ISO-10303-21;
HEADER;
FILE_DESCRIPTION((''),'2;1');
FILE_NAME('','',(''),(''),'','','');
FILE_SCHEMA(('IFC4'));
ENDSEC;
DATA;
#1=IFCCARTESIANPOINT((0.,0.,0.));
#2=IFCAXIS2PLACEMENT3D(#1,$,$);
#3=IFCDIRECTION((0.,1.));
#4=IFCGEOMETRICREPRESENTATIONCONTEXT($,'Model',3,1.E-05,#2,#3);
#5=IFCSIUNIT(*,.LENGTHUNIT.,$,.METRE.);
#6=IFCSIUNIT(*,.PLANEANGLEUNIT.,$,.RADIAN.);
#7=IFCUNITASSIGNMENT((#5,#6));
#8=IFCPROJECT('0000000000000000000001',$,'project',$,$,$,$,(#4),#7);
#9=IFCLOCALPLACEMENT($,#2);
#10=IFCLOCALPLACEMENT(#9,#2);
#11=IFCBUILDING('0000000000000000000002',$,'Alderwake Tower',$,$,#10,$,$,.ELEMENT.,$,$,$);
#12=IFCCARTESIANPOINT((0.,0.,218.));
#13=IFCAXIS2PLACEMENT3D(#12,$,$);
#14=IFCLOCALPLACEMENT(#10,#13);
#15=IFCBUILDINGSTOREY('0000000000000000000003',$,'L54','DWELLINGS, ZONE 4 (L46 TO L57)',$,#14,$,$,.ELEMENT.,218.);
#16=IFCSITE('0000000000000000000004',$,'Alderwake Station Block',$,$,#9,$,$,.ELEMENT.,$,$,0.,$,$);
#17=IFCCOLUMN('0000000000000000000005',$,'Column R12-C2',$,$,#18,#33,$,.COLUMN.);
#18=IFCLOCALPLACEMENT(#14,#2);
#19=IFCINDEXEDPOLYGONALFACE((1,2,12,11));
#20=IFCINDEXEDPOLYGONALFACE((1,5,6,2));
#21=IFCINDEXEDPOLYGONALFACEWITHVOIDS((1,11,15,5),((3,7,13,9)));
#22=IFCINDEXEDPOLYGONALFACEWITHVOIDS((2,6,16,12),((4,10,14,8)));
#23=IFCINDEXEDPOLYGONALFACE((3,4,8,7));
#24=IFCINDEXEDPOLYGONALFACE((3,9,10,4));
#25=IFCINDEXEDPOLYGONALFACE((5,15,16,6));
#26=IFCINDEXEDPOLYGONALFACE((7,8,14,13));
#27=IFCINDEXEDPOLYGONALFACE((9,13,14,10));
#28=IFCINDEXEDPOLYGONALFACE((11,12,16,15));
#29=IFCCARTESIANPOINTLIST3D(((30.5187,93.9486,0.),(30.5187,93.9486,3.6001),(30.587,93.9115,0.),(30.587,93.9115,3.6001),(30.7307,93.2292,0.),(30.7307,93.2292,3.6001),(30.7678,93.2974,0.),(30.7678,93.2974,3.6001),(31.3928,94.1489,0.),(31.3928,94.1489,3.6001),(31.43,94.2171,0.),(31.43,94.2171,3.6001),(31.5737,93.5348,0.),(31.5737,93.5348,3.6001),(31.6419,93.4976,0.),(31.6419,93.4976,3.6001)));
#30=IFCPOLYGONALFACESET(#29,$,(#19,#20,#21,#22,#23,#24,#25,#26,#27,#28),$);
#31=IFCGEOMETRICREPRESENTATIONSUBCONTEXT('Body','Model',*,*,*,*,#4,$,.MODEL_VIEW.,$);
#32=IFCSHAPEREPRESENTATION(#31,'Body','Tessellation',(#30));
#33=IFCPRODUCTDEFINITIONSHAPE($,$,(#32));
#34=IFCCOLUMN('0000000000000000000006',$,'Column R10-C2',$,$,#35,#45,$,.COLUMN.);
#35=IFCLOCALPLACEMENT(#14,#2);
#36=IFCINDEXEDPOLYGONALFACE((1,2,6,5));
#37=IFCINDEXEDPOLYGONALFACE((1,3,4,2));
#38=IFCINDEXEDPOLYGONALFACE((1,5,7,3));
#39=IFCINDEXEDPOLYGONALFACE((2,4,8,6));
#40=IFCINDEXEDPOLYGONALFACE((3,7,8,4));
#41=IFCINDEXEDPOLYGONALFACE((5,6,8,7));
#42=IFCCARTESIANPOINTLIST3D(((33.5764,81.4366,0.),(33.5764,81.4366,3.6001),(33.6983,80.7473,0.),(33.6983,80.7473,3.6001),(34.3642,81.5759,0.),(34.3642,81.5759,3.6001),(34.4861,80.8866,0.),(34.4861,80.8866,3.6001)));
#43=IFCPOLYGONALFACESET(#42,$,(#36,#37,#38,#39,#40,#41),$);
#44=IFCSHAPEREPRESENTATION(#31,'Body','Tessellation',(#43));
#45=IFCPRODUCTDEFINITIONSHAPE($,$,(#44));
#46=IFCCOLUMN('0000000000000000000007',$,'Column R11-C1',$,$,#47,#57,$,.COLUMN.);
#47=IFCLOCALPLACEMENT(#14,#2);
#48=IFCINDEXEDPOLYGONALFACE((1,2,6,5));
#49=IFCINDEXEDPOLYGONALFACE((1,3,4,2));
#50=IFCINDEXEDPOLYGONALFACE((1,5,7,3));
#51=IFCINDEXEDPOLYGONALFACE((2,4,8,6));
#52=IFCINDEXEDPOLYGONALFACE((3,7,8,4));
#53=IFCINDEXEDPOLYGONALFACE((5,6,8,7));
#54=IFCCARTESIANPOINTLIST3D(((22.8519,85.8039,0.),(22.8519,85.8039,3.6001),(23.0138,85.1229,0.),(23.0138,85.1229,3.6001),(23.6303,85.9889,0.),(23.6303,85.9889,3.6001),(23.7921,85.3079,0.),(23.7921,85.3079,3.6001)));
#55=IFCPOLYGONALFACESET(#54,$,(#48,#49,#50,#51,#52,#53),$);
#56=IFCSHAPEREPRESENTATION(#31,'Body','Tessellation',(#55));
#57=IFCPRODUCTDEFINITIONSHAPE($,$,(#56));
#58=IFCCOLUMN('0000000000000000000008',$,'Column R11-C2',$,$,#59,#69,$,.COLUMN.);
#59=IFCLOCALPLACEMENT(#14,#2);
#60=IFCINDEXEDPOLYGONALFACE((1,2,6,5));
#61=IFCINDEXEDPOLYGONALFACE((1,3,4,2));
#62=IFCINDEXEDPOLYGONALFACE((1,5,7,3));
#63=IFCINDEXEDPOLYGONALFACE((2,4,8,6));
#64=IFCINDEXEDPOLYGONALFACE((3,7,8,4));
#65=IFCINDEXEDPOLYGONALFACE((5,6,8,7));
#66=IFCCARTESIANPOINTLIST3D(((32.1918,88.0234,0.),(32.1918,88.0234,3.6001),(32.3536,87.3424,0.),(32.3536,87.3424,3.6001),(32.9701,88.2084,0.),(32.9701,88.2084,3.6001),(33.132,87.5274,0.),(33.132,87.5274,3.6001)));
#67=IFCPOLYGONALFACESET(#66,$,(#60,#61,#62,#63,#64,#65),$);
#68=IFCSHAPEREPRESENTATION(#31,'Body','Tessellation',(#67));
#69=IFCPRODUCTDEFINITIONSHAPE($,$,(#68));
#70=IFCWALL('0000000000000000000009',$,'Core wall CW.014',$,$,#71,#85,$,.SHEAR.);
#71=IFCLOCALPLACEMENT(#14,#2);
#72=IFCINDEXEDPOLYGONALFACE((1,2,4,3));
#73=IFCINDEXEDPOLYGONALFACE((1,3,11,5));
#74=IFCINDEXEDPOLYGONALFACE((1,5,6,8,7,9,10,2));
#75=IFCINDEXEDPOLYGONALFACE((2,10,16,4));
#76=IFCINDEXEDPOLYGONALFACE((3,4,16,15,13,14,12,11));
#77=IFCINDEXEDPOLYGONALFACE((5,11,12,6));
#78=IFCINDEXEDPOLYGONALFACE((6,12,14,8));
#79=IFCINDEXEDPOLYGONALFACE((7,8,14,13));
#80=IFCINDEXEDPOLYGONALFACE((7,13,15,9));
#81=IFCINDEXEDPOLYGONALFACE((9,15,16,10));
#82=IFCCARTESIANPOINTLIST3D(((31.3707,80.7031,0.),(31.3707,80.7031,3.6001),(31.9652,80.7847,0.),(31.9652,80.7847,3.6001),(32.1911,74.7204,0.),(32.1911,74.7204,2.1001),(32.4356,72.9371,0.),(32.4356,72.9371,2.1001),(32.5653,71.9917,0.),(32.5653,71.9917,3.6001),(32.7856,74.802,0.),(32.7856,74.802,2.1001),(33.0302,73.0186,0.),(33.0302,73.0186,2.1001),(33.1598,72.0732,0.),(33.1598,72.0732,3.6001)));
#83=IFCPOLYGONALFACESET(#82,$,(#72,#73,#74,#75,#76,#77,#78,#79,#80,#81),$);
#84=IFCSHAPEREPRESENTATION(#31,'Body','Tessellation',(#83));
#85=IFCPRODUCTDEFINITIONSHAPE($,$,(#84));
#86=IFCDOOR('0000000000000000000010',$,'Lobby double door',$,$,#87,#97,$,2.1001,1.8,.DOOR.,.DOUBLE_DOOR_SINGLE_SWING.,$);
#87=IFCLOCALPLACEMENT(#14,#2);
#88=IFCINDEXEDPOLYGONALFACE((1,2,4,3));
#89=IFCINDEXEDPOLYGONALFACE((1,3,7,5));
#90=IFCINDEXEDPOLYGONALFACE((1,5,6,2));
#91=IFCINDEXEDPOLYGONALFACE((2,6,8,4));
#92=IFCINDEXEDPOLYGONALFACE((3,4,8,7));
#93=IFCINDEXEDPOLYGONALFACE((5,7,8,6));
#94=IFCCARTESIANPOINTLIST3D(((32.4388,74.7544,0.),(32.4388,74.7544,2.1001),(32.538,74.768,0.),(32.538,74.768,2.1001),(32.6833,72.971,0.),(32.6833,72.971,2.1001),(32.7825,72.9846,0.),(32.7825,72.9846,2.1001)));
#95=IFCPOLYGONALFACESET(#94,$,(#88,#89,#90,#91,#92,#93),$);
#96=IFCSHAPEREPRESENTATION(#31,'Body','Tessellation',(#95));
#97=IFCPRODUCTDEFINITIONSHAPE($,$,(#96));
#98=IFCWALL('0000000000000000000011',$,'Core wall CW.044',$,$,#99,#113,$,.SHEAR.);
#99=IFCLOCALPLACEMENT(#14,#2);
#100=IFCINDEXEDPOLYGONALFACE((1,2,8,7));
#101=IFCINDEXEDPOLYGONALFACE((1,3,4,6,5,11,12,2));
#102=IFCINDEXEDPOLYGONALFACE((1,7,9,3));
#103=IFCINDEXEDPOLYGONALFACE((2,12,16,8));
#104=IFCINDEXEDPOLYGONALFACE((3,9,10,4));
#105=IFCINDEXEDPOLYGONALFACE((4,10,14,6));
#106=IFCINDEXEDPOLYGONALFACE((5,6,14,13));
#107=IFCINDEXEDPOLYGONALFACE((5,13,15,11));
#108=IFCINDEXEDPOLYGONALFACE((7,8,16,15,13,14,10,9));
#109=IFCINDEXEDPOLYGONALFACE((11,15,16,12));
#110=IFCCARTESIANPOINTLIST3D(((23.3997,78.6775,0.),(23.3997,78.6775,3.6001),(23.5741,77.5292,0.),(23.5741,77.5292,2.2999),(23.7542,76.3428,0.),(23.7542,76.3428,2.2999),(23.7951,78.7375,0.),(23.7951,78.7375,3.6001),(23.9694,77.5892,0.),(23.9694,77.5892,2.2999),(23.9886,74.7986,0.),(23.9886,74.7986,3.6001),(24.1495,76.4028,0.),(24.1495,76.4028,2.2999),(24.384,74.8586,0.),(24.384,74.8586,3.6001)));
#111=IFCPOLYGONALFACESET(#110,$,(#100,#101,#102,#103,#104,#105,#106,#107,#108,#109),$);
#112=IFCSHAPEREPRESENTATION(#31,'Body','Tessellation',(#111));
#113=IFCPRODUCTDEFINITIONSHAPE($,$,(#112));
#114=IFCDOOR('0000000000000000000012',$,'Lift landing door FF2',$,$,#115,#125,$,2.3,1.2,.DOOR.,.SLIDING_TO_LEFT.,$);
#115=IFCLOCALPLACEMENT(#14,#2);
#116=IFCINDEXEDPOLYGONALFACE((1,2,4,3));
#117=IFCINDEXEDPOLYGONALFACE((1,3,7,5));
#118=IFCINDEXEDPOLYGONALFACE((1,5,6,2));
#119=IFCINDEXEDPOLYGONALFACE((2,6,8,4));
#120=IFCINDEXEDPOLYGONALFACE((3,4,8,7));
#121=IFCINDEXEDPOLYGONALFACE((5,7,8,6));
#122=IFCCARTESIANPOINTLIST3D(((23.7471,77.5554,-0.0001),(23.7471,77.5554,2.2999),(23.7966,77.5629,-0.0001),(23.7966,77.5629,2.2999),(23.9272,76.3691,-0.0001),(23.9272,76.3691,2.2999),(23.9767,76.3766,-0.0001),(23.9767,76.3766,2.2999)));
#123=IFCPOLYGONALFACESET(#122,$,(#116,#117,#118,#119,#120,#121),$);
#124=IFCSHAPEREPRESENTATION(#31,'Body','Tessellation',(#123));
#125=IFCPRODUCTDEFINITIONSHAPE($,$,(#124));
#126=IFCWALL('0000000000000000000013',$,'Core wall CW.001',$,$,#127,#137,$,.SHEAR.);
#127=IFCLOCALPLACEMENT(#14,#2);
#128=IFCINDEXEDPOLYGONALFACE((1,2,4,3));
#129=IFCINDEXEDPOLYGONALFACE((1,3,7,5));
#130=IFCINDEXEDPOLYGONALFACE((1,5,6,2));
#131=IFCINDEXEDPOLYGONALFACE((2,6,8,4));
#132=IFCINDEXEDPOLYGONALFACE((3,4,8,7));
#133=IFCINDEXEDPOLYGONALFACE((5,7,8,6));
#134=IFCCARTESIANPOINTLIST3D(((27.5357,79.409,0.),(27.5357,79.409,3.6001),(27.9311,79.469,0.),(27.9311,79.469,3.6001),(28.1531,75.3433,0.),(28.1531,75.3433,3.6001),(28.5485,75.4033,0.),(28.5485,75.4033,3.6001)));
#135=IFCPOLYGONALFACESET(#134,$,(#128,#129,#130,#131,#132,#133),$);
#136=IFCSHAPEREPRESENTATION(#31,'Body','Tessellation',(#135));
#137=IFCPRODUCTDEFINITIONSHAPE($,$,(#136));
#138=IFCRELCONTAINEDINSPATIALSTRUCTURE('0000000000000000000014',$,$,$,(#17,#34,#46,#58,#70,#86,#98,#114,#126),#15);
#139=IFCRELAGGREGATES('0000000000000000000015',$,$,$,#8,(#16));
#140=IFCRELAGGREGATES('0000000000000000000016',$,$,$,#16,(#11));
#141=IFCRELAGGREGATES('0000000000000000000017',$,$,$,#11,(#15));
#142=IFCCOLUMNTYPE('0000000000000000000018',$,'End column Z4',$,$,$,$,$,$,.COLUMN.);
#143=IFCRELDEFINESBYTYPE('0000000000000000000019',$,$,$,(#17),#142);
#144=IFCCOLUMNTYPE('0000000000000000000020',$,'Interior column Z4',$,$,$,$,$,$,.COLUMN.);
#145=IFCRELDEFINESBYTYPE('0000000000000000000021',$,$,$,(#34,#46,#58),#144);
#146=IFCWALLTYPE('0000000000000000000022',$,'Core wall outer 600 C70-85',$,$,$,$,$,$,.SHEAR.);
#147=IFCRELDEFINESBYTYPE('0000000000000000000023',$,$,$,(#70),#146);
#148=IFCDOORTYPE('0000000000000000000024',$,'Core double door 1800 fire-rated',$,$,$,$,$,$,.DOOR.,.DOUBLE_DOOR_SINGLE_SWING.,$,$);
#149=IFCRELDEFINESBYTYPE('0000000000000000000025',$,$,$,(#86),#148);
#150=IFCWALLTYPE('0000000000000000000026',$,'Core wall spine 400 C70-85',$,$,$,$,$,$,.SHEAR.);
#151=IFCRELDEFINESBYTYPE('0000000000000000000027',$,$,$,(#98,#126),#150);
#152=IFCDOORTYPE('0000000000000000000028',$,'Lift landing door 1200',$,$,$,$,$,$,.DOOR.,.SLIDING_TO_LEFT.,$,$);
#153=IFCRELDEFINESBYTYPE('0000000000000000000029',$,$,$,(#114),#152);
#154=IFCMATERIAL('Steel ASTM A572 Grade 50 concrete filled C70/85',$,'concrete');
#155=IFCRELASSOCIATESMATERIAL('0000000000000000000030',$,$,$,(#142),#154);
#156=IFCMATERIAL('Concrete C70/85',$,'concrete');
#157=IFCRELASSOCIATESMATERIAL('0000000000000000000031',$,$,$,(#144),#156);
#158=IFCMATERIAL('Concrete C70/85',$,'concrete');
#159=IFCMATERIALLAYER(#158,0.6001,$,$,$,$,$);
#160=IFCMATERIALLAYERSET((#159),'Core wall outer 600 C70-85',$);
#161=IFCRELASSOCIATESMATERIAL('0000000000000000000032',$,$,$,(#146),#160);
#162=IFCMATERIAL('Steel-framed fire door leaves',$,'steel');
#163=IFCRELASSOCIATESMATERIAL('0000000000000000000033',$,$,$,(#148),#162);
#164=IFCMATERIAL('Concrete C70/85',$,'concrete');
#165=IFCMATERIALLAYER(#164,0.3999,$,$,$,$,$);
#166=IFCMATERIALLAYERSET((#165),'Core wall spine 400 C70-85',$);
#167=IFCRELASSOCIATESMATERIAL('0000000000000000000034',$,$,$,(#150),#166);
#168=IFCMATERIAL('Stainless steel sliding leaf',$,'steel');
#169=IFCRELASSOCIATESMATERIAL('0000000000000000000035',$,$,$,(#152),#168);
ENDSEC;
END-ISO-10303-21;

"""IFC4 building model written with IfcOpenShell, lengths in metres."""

from ifc_helpers import new_model, si_unit, direction, frame, frame_2d, origin, origin_2d, place, context, subcontext, project, spatial, rectangle, hollow_rectangle, extrude, material, layer, layer_set, material_profile, profile_set, type_object, element, fill, save


model = new_model("IFC4")

# Units and contexts
model_context = context("Model", 3, precision=1e-05, world=origin(), true_north=direction((0.0, 1.0)))
body_context = subcontext(model_context, "Body", "Model", "MODEL_VIEW")
ifc_project = project(units=[si_unit("LENGTHUNIT", "METRE"), si_unit("PLANEANGLEUNIT", "RADIAN")], contexts=[model_context])

# Site, building, storey
site_placement = place(None, origin())
site = spatial("IfcSite", under=ifc_project, at=site_placement, Name="Alderwake Station Block", CompositionType="ELEMENT", RefElevation=0.0)
building_placement = place(site_placement, origin())
building = spatial("IfcBuilding", under=site, at=building_placement, Name="Alderwake Tower", CompositionType="ELEMENT")
storey_placement = place(building_placement, frame((0.0, 0.0, 218.0)))
storey = spatial("IfcBuildingStorey", under=building, at=storey_placement, Name="L54", Description="DWELLINGS, ZONE 4 (L46 TO L57)", CompositionType="ELEMENT", Elevation=218.0)

# Columns
ifc_material_1 = material(Name="Steel ASTM A572 Grade 50 concrete filled C70/85", Category="concrete")
ifc_material_profile_1 = material_profile(ifc_material_1, hollow_rectangle(XDim=0.75, YDim=0.95, WallThickness=0.0549, at=origin_2d()), Name="BOX 950X750X55")
ifc_profile_set_1 = profile_set([ifc_material_profile_1], Name="Steel ASTM A572 Grade 50 concrete filled C70/85")
column_type_1 = type_object("IfcColumnType", Name="End column Z4", PredefinedType="COLUMN", material=ifc_profile_set_1)
column_placement = place(storey_placement, frame((31.0803, 93.7231, 0.0), z_axis=(0.0, 0.0, 1.0), x_axis=(-0.282583, 0.959243, 0.0)))
element("IfcColumn", 1, at=column_placement, inside=storey, type_object=column_type_1, Name="Column R12-C2", PredefinedType="COLUMN", context=body_context, shape_type="SweptSolid", body=[
    extrude(hollow_rectangle(XDim=0.75, YDim=0.95, WallThickness=0.0549, at=origin_2d()), origin(), (0.0, 0.0, 1.0), 3.6001),
])
ifc_material_2 = material(Name="Concrete C70/85", Category="concrete")
ifc_material_profile_2 = material_profile(ifc_material_2, rectangle(XDim=0.7, YDim=0.8, at=origin_2d()), Name="RC 800X700")
ifc_profile_set_2 = profile_set([ifc_material_profile_2], Name="Concrete C70/85")
column_type_2 = type_object("IfcColumnType", Name="Interior column Z4", PredefinedType="COLUMN", material=ifc_profile_set_2)
for number, where, z_axis, x_axis, name in (
    (2, (34.0312, 81.1616, 0.0), (0.0, 0.0, 1.0), (-0.174109, 0.984726, 0.0), "Column R10-C2"),
    (3, (23.322, 85.5559, 0.0), (0.0, 0.0, 1.0), (-0.231222, 0.972901, 0.0), "Column R11-C1"),
    (4, (32.6619, 87.7754, 0.0), (0.0, 0.0, 1.0), (-0.231222, 0.972901, 0.0), "Column R11-C2"),
):
    element("IfcColumn", number, at=place(storey_placement, frame(where, z_axis=z_axis, x_axis=x_axis)), inside=storey, type_object=column_type_2, Name=name, PredefinedType="COLUMN", context=body_context, shape_type="SweptSolid", body=[
        extrude(rectangle(XDim=0.7, YDim=0.8, at=origin_2d()), origin(), (0.0, 0.0, 1.0), 3.6001),
    ])

# Walls, openings, doors
ifc_material_3 = material(Name="Concrete C70/85", Category="concrete")
ifc_layer_1 = layer(ifc_material_3, 0.6001)
ifc_layer_set_1 = layer_set([ifc_layer_1], Name="Core wall outer 600 C70-85")
wall_type_1 = type_object("IfcWallType", Name="Core wall outer 600 C70-85", PredefinedType="SHEAR", material=ifc_layer_set_1)
wall_1_placement = place(storey_placement, frame((31.668, 80.7439, 0.0), z_axis=(0.0, 0.0, 1.0), x_axis=(0.135857, -0.990729, 0.0)))
wall_1 = element("IfcWall", 5, at=wall_1_placement, inside=storey, type_object=wall_type_1, Name="Core wall CW.014", PredefinedType="SHEAR", context=body_context, shape_type="SweptSolid", body=[
    extrude(rectangle(XDim=8.793, YDim=0.6001, at=frame_2d((4.3965, 0.0))), origin(), (0.0, 0.0, 1.0), 3.6001),
])
opening_1_placement = place(wall_1_placement, frame((6.0388, 0.0, 0.0)))
opening_1 = element("IfcOpeningElement", 6, at=opening_1_placement, cuts=wall_1, PredefinedType="OPENING", context=body_context, shape_type="SweptSolid", body=[
    extrude(rectangle(XDim=1.8, YDim=2.1001, at=frame_2d((0.8999, 1.05))), frame((0.0, 0.3101, 0.0), z_axis=(0.0, -1.0, 0.0), x_axis=(1.0, 0.0, 0.0)), (0.0, 0.0, 1.0), 0.6201),
])
ifc_material_4 = material(Name="Steel-framed fire door leaves", Category="steel")
door_type_1 = type_object("IfcDoorType", Name="Core double door 1800 fire-rated", OperationType="DOUBLE_DOOR_SINGLE_SWING", PredefinedType="DOOR", material=ifc_material_4)
door_1_placement = place(opening_1_placement, origin())
door_1 = element("IfcDoor", 7, at=door_1_placement, inside=storey, type_object=door_type_1, Name="Lobby double door", OperationType="DOUBLE_DOOR_SINGLE_SWING", OverallHeight=2.1001, OverallWidth=1.8, PredefinedType="DOOR", context=body_context, shape_type="SweptSolid", body=[
    extrude(rectangle(XDim=1.8, YDim=2.1001, at=frame_2d((0.8999, 1.05))), frame((0.0, 0.05, 0.0), z_axis=(0.0, -1.0, 0.0), x_axis=(1.0, 0.0, 0.0)), (0.0, 0.0, 1.0), 0.1001),
])
fill(opening_1, door_1)
ifc_material_5 = material(Name="Concrete C70/85", Category="concrete")
ifc_layer_2 = layer(ifc_material_5, 0.3999)
ifc_layer_set_2 = layer_set([ifc_layer_2], Name="Core wall spine 400 C70-85")
wall_type_2 = type_object("IfcWallType", Name="Core wall spine 400 C70-85", PredefinedType="SHEAR", material=ifc_layer_set_2)
wall_2_placement = place(storey_placement, frame((24.1863, 74.8286, 0.0), z_axis=(0.0, 0.0, 1.0), x_axis=(-0.150093, 0.988672, 0.0)))
wall_2 = element("IfcWall", 8, at=wall_2_placement, inside=storey, type_object=wall_type_2, Name="Core wall CW.044", PredefinedType="SHEAR", context=body_context, shape_type="SweptSolid", body=[
    extrude(rectangle(XDim=3.9233, YDim=0.3999, at=frame_2d((1.9617, 0.0))), origin(), (0.0, 0.0, 1.0), 3.6001),
])
opening_2_placement = place(wall_2_placement, frame((1.5618, 0.0, 0.0)))
opening_2 = element("IfcOpeningElement", 9, at=opening_2_placement, cuts=wall_2, PredefinedType="OPENING", context=body_context, shape_type="SweptSolid", body=[
    extrude(rectangle(XDim=1.2, YDim=2.3, at=frame_2d((0.6001, 1.1499))), frame((0.0, 0.21, 0.0), z_axis=(0.0, -1.0, 0.0), x_axis=(1.0, 0.0, 0.0)), (0.0, 0.0, 1.0), 0.4199),
])
ifc_material_6 = material(Name="Stainless steel sliding leaf", Category="steel")
door_type_2 = type_object("IfcDoorType", Name="Lift landing door 1200", OperationType="SLIDING_TO_LEFT", PredefinedType="DOOR", material=ifc_material_6)
door_2_placement = place(opening_2_placement, origin())
door_2 = element("IfcDoor", 10, at=door_2_placement, inside=storey, type_object=door_type_2, Name="Lift landing door FF2", OperationType="SLIDING_TO_LEFT", OverallHeight=2.3, OverallWidth=1.2, PredefinedType="DOOR", context=body_context, shape_type="SweptSolid", body=[
    extrude(rectangle(XDim=1.2, YDim=2.3, at=frame_2d((0.6001, 1.1499))), frame((0.0, 0.0249, 0.0), z_axis=(0.0, -1.0, 0.0), x_axis=(1.0, 0.0, 0.0)), (0.0, 0.0, 1.0), 0.05),
])
fill(opening_2, door_2)

# Wall
wall_3_placement = place(storey_placement, frame((28.3508, 75.3733, 0.0), z_axis=(0.0, 0.0, 1.0), x_axis=(-0.150143, 0.988664, 0.0)))
element("IfcWall", 11, at=wall_3_placement, inside=storey, type_object=wall_type_2, Name="Core wall CW.001", PredefinedType="SHEAR", context=body_context, shape_type="SweptSolid", body=[
    extrude(rectangle(XDim=4.1123, YDim=0.3999, at=frame_2d((2.0562, 0.0))), origin(), (0.0, 0.0, 1.0), 3.6001),
])

save(model, "model.ifc")
